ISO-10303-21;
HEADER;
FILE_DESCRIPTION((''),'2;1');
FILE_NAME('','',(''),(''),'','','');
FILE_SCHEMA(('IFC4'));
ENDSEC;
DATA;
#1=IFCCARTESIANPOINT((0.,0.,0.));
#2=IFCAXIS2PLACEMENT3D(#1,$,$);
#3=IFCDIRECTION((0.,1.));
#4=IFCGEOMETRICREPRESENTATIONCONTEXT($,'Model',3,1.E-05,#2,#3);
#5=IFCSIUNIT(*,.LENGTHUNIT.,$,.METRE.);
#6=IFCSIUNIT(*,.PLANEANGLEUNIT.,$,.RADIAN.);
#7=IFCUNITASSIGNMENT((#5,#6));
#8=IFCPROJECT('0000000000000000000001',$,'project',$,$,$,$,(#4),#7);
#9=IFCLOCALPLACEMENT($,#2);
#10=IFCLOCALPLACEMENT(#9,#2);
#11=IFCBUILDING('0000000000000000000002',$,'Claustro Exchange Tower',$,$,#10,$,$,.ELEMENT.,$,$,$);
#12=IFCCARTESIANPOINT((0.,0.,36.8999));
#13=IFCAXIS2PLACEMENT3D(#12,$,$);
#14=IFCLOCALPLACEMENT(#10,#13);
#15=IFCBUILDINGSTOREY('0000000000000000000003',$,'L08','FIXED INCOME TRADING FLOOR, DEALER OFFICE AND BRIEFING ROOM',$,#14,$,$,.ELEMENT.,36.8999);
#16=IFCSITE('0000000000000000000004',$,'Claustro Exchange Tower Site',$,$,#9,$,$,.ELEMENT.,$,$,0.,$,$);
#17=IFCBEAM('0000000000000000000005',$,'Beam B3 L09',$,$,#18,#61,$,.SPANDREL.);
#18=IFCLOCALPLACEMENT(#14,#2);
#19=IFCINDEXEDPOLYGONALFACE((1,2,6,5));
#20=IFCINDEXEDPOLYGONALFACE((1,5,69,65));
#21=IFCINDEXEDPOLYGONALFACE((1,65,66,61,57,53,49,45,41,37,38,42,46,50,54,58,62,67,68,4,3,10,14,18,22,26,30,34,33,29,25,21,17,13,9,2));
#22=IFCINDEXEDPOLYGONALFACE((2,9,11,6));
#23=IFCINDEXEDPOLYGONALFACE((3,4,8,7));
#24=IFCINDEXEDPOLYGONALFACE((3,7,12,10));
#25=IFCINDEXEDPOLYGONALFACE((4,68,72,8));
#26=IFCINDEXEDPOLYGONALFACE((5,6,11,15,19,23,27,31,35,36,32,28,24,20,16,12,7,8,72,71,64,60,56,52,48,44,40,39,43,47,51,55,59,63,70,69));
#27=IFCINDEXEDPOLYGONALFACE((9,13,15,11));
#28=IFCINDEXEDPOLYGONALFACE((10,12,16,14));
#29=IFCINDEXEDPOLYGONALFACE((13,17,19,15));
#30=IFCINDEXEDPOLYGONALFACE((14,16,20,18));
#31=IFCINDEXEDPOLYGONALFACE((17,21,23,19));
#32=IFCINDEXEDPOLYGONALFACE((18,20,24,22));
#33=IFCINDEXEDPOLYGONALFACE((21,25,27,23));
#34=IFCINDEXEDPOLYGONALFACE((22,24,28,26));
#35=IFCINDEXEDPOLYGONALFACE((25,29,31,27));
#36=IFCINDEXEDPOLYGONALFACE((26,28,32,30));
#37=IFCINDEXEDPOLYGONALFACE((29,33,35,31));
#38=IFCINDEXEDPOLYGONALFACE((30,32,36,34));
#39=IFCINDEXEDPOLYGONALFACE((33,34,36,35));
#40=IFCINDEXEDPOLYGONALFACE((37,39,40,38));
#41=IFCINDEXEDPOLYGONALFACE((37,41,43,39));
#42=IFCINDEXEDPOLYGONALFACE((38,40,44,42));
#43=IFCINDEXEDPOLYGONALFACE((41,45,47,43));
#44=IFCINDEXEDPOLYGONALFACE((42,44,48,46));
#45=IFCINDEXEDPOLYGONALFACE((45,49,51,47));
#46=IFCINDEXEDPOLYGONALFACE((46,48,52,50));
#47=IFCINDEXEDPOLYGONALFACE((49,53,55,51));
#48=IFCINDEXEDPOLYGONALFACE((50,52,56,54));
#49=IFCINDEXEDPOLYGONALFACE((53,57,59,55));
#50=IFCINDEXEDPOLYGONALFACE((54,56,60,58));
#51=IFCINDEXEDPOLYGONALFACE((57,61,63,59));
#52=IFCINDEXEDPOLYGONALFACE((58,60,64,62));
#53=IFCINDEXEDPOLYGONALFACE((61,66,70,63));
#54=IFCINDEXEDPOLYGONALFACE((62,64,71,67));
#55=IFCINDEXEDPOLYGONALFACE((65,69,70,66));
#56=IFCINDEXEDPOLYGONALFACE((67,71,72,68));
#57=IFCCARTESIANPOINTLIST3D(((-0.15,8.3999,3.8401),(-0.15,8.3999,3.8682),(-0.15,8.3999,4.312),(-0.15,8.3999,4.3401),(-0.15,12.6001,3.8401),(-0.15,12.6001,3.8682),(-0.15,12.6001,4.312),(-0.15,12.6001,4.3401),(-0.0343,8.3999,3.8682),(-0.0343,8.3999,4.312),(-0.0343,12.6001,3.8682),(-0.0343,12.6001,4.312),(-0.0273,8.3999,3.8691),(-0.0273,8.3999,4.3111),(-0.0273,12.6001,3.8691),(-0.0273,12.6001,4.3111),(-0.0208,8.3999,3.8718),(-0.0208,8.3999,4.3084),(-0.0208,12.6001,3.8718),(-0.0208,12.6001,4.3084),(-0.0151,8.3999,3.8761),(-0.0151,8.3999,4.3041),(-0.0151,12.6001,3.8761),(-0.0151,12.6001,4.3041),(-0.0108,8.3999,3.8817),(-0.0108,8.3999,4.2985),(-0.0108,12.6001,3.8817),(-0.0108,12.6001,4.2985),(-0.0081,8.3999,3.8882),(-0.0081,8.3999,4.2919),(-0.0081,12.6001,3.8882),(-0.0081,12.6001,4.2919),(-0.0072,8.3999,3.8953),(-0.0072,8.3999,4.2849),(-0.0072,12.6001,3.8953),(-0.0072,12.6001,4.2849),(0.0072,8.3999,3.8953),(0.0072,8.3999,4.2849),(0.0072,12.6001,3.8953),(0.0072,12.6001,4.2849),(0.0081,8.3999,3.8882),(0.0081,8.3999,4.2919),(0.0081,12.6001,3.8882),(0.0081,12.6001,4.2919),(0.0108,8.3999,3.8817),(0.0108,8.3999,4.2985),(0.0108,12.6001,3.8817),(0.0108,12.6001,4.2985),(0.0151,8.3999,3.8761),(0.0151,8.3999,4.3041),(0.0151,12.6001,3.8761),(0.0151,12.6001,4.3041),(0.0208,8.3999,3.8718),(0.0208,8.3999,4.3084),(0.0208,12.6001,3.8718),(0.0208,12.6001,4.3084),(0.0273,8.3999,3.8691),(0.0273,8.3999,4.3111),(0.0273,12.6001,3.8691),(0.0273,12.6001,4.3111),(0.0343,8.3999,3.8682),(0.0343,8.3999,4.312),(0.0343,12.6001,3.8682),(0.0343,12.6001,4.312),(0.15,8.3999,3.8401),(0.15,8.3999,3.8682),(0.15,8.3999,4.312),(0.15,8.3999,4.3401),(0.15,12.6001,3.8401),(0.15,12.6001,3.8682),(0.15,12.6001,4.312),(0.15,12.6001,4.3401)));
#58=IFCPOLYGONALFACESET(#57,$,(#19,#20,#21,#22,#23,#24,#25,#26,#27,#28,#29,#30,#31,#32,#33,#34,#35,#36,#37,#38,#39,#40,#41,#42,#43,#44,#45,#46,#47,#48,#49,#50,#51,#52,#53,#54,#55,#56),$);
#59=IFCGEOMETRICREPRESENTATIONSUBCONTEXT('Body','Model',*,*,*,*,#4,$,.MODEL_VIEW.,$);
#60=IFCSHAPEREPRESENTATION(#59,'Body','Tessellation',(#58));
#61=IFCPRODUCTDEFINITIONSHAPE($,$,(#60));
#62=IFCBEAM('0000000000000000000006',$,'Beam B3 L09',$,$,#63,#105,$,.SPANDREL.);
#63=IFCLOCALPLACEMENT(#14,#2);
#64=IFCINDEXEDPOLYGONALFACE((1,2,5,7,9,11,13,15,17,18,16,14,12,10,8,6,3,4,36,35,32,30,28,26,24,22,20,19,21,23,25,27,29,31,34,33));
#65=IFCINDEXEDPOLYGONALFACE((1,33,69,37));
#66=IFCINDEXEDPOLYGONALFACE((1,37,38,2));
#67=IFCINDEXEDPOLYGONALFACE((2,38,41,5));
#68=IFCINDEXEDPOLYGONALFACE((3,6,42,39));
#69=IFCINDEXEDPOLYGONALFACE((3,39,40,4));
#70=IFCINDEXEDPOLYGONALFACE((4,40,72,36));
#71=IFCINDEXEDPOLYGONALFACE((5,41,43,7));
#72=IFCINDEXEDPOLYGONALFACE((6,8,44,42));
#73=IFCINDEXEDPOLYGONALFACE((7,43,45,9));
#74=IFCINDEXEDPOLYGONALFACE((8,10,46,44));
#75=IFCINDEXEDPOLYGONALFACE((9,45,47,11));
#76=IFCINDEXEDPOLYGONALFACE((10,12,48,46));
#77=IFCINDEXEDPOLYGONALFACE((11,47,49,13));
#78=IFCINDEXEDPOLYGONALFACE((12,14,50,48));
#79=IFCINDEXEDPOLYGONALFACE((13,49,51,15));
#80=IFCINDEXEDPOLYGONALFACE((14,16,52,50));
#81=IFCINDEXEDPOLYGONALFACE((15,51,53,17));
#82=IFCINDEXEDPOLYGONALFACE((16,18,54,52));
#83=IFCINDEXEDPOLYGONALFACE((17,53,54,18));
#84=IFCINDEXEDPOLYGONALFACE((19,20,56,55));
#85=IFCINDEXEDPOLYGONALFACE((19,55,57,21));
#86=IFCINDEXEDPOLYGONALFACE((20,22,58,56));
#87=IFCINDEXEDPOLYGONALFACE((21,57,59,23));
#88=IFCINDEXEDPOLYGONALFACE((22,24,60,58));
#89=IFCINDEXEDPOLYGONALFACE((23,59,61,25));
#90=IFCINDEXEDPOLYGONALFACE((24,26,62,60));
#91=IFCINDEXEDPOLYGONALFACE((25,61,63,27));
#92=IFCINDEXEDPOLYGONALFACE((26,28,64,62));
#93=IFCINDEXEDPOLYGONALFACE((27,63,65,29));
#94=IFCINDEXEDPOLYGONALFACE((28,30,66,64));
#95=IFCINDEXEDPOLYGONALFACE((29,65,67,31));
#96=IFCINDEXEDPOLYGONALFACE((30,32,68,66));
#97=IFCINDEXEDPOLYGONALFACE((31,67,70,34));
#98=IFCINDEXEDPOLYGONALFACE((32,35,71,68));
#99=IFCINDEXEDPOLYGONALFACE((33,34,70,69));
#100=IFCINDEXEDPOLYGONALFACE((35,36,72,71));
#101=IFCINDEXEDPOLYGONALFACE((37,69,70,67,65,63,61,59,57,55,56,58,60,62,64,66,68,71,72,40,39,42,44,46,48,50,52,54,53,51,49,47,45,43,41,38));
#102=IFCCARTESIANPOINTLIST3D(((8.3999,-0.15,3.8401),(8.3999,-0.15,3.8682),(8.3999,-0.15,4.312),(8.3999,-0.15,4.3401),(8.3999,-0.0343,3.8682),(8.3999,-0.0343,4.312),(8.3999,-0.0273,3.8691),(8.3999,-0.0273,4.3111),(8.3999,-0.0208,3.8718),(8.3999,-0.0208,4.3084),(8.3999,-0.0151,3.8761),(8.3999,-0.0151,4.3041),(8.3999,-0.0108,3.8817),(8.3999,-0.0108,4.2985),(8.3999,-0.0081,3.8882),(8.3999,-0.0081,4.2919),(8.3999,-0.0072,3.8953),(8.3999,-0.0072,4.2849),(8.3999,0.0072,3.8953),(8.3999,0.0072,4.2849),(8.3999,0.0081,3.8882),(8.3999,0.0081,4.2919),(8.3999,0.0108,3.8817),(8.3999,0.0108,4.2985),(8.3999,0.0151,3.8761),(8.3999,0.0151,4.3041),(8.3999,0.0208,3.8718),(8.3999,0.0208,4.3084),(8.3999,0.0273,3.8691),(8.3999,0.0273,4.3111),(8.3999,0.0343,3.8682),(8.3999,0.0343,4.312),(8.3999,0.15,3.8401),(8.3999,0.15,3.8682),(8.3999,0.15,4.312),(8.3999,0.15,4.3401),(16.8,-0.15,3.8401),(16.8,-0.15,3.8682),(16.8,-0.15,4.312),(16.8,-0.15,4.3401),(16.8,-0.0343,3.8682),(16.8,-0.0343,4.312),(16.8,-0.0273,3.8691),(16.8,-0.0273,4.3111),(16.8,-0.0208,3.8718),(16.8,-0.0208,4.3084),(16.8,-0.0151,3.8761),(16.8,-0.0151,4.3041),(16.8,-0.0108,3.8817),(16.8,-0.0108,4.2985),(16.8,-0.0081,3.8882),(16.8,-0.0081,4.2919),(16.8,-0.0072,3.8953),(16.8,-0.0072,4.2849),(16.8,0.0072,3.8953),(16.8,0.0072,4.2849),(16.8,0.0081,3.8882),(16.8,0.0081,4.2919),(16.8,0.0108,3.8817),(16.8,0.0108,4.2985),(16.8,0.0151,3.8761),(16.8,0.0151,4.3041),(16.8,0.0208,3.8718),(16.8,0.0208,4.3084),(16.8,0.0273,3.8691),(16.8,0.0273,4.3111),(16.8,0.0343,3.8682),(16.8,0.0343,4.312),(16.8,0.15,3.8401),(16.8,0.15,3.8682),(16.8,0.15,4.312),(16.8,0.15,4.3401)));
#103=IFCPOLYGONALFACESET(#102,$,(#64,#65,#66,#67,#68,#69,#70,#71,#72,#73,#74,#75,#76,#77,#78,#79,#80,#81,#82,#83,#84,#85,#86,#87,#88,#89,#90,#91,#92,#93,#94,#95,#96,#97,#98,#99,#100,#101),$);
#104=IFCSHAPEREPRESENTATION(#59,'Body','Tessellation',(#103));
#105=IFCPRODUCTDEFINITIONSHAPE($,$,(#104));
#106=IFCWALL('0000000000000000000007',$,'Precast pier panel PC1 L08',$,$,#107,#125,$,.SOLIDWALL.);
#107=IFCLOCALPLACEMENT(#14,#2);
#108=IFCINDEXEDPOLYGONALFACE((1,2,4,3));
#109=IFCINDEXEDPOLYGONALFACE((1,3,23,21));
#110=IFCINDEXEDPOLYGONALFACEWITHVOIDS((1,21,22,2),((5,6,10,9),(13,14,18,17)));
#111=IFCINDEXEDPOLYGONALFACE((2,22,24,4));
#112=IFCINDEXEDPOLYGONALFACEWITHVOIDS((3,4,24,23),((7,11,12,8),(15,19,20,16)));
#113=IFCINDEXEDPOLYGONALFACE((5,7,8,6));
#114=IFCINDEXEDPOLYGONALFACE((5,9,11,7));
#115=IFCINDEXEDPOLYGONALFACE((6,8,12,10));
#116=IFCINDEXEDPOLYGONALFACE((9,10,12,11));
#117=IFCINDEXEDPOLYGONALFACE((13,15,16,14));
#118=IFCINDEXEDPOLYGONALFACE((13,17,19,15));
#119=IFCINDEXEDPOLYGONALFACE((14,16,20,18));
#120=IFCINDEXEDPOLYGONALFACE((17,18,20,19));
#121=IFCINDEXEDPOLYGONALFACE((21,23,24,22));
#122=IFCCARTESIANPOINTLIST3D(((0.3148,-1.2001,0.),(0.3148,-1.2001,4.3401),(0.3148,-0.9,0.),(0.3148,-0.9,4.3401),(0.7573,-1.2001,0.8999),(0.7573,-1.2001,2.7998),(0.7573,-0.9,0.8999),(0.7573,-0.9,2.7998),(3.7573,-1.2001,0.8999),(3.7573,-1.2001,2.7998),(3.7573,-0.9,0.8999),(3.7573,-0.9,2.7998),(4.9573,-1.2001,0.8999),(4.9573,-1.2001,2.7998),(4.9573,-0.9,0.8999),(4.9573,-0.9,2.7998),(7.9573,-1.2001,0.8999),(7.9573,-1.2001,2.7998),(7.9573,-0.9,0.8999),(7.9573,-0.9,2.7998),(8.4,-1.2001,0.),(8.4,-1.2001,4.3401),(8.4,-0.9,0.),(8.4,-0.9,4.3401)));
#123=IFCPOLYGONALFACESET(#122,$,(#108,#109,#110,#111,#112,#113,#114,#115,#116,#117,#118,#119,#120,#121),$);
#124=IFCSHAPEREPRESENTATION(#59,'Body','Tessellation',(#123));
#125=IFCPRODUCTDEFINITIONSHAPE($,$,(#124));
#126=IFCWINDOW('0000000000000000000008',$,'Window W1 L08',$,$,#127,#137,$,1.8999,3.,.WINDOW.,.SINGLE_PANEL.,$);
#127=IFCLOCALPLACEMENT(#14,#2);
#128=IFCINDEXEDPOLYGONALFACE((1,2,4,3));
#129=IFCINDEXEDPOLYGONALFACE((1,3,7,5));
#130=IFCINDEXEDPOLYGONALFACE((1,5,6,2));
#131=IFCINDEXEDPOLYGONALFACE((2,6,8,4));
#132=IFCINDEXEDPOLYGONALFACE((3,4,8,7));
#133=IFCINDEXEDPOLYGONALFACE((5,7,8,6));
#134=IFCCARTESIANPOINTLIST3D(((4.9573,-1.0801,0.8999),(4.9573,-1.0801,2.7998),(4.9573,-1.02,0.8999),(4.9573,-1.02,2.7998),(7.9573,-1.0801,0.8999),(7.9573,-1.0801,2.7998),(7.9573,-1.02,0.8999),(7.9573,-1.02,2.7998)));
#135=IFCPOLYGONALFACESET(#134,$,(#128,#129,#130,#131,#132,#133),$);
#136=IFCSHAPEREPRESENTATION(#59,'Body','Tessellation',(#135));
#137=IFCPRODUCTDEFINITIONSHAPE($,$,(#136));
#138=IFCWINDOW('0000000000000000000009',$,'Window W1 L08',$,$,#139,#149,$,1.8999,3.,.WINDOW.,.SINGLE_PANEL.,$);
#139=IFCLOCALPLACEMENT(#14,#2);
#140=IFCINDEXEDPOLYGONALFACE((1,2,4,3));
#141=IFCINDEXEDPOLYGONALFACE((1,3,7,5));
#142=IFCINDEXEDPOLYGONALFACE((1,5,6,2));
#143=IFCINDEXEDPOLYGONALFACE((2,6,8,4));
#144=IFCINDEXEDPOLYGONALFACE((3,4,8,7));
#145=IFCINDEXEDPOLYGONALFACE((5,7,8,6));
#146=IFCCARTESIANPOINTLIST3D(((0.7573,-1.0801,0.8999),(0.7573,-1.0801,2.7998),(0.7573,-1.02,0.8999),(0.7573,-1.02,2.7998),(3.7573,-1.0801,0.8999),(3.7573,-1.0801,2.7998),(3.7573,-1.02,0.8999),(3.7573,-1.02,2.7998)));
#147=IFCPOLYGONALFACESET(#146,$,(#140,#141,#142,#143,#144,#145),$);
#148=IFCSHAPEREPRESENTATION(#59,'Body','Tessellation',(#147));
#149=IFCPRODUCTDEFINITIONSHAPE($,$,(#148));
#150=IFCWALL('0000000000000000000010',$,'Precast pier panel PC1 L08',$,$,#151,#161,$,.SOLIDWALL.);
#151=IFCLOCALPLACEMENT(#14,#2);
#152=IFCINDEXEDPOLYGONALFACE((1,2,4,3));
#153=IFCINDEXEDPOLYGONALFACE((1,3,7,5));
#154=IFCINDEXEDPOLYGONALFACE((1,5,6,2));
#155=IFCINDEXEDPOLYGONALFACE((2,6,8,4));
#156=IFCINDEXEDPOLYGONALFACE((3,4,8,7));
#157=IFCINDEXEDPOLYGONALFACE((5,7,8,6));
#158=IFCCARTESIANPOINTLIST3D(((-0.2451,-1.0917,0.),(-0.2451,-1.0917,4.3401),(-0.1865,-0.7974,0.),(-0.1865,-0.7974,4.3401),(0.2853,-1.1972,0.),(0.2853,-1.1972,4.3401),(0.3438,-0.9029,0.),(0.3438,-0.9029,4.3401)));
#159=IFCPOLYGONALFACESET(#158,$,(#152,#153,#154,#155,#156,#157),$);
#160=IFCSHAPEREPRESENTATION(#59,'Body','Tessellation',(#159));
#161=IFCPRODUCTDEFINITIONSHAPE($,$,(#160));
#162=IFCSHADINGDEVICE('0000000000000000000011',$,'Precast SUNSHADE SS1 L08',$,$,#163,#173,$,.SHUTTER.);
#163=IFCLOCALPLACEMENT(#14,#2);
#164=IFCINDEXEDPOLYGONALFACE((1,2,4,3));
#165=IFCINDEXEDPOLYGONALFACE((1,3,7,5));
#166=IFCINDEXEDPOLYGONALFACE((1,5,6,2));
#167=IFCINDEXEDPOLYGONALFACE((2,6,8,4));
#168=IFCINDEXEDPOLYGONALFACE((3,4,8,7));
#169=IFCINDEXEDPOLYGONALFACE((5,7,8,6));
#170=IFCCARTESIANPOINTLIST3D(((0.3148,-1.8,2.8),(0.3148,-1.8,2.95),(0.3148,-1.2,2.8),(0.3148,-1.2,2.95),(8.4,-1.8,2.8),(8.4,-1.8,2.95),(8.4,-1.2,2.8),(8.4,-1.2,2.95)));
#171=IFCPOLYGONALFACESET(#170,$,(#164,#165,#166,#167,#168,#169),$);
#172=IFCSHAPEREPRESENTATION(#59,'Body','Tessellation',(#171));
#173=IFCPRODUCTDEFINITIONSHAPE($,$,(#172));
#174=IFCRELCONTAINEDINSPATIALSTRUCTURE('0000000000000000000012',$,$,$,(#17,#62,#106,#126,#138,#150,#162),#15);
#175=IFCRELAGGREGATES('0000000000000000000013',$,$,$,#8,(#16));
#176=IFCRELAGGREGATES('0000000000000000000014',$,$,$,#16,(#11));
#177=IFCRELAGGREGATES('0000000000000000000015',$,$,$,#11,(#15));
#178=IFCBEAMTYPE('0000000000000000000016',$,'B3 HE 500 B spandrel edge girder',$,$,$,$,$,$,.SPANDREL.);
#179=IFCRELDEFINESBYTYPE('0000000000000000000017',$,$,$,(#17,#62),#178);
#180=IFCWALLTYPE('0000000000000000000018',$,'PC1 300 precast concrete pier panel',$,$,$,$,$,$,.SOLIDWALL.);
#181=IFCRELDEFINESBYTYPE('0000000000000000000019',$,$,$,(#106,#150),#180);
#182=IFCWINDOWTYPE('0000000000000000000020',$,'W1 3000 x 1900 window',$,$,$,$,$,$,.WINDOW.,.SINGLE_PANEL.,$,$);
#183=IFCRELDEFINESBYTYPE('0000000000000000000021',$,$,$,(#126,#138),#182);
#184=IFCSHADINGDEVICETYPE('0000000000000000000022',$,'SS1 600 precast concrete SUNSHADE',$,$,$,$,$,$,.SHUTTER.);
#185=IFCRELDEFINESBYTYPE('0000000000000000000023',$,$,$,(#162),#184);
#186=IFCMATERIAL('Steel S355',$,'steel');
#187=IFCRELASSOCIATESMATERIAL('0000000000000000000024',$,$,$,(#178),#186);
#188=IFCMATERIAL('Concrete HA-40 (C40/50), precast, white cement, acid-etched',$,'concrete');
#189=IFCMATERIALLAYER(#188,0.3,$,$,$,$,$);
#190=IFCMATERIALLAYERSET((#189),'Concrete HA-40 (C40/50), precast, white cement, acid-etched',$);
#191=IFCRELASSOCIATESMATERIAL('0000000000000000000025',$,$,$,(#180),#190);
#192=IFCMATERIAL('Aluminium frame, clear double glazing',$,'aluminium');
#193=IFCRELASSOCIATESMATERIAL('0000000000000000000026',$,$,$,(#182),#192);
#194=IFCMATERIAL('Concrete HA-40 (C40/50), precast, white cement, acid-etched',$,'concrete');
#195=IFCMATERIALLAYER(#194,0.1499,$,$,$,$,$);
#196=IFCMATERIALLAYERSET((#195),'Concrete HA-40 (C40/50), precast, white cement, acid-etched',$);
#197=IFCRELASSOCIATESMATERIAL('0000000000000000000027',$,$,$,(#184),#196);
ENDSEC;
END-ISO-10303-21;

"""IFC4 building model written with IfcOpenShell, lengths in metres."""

from ifc_helpers import new_model, si_unit, direction, frame, frame_2d, origin, origin_2d, place, context, subcontext, project, spatial, rectangle, i_section, extrude, material, layer, layer_set, material_profile, profile_set, type_object, element, fill, save


model = new_model("IFC4")

# Units and contexts
model_context = context("Model", 3, precision=1e-05, world=origin(), true_north=direction((0.0, 1.0)))
body_context = subcontext(model_context, "Body", "Model", "MODEL_VIEW")
ifc_project = project(units=[si_unit("LENGTHUNIT", "METRE"), si_unit("PLANEANGLEUNIT", "RADIAN")], contexts=[model_context])

# Site, building, storey
site_placement = place(None, origin())
site = spatial("IfcSite", under=ifc_project, at=site_placement, Name="Claustro Exchange Tower Site", CompositionType="ELEMENT", RefElevation=0.0)
building_placement = place(site_placement, origin())
building = spatial("IfcBuilding", under=site, at=building_placement, Name="Claustro Exchange Tower", CompositionType="ELEMENT")
storey_placement = place(building_placement, frame((0.0, 0.0, 36.8999)))
storey = spatial("IfcBuildingStorey", under=building, at=storey_placement, Name="L08", Description="FIXED INCOME TRADING FLOOR, DEALER OFFICE AND BRIEFING ROOM", CompositionType="ELEMENT", Elevation=36.8999)

# Beams
ifc_material_1 = material(Name="Steel S355", Category="steel")
ifc_material_profile_1 = material_profile(ifc_material_1, i_section(OverallWidth=0.3, OverallDepth=0.5, WebThickness=0.0144, FlangeThickness=0.0281, FilletRadius=0.0271, at=origin_2d()), Name="HE 500 B")
ifc_profile_set_1 = profile_set([ifc_material_profile_1], Name="Steel S355")
beam_type_1 = type_object("IfcBeamType", Name="B3 HE 500 B spandrel edge girder", PredefinedType="SPANDREL", material=ifc_profile_set_1)
beam_1_placement = place(storey_placement, frame((0.0, 8.3999, 4.0901), z_axis=(0.0, 1.0, 0.0), x_axis=(-1.0, 0.0, 0.0)))
element("IfcBeam", 1, at=beam_1_placement, inside=storey, type_object=beam_type_1, Name="Beam B3 L09", PredefinedType="SPANDREL", context=body_context, shape_type="SweptSolid", body=[
    extrude(i_section(OverallWidth=0.3, OverallDepth=0.5, WebThickness=0.0144, FlangeThickness=0.0281, FilletRadius=0.0271, at=origin_2d()), origin(), (0.0, 0.0, 1.0), 4.2002),
])
beam_2_placement = place(storey_placement, frame((8.3999, 0.0, 4.0901), z_axis=(1.0, 0.0, 0.0), x_axis=(0.0, 1.0, 0.0)))
element("IfcBeam", 2, at=beam_2_placement, inside=storey, type_object=beam_type_1, Name="Beam B3 L09", PredefinedType="SPANDREL", context=body_context, shape_type="SweptSolid", body=[
    extrude(i_section(OverallWidth=0.3, OverallDepth=0.5, WebThickness=0.0144, FlangeThickness=0.0281, FilletRadius=0.0271, at=origin_2d()), origin(), (0.0, 0.0, 1.0), 8.4001),
])

# Wall, openings, windows
ifc_material_2 = material(Name="Concrete HA-40 (C40/50), precast, white cement, acid-etched", Category="concrete")
ifc_layer_1 = layer(ifc_material_2, 0.3)
ifc_layer_set_1 = layer_set([ifc_layer_1], Name="Concrete HA-40 (C40/50), precast, white cement, acid-etched")
wall_type = type_object("IfcWallType", Name="PC1 300 precast concrete pier panel", PredefinedType="SOLIDWALL", material=ifc_layer_set_1)
wall_1_placement = place(storey_placement, frame((8.3999, -1.05, 0.0), z_axis=(0.0, 0.0, 1.0), x_axis=(-1.0, 0.0, 0.0)))
wall_1 = element("IfcWall", 3, at=wall_1_placement, inside=storey, type_object=wall_type, Name="Precast pier panel PC1 L08", PredefinedType="SOLIDWALL", context=body_context, shape_type="SweptSolid", body=[
    extrude(rectangle(XDim=8.0852, YDim=0.3, at=frame_2d((4.0425, 0.0))), origin(), (0.0, 0.0, 1.0), 4.3401),
])
opening_1_placement = place(wall_1_placement, frame((0.4426, 0.0, 0.8999)))
opening_1 = element("IfcOpeningElement", 4, at=opening_1_placement, cuts=wall_1, PredefinedType="OPENING", context=body_context, shape_type="SweptSolid", body=[
    extrude(rectangle(XDim=3.0, YDim=1.8999, at=frame_2d((1.5, 0.95))), frame((0.0, 0.1599, 0.0), z_axis=(0.0, -1.0, 0.0), x_axis=(1.0, 0.0, 0.0)), (0.0, 0.0, 1.0), 0.3201),
])
opening_2_placement = place(wall_1_placement, frame((4.6426, 0.0, 0.8999)))
opening_2 = element("IfcOpeningElement", 5, at=opening_2_placement, cuts=wall_1, PredefinedType="OPENING", context=body_context, shape_type="SweptSolid", body=[
    extrude(rectangle(XDim=3.0, YDim=1.8999, at=frame_2d((1.5, 0.95))), frame((0.0, 0.1599, 0.0), z_axis=(0.0, -1.0, 0.0), x_axis=(1.0, 0.0, 0.0)), (0.0, 0.0, 1.0), 0.3201),
])
ifc_material_3 = material(Name="Aluminium frame, clear double glazing", Category="aluminium")
window_type = type_object("IfcWindowType", Name="W1 3000 x 1900 window", PartitioningType="SINGLE_PANEL", PredefinedType="WINDOW", material=ifc_material_3)
window_1_placement = place(opening_1_placement, origin())
window_1 = element("IfcWindow", 6, at=window_1_placement, inside=storey, type_object=window_type, Name="Window W1 L08", OverallHeight=1.8999, OverallWidth=3.0, PartitioningType="SINGLE_PANEL", PredefinedType="WINDOW", context=body_context, shape_type="SweptSolid", body=[
    extrude(rectangle(XDim=3.0, YDim=1.8999, at=frame_2d((1.5, 0.95))), frame((0.0, 0.03, 0.0), z_axis=(0.0, -1.0, 0.0), x_axis=(1.0, 0.0, 0.0)), (0.0, 0.0, 1.0), 0.0601),
])
fill(opening_1, window_1)
window_2_placement = place(opening_2_placement, origin())
window_2 = element("IfcWindow", 7, at=window_2_placement, inside=storey, type_object=window_type, Name="Window W1 L08", OverallHeight=1.8999, OverallWidth=3.0, PartitioningType="SINGLE_PANEL", PredefinedType="WINDOW", context=body_context, shape_type="SweptSolid", body=[
    extrude(rectangle(XDim=3.0, YDim=1.8999, at=frame_2d((1.5, 0.95))), frame((0.0, 0.03, 0.0), z_axis=(0.0, -1.0, 0.0), x_axis=(1.0, 0.0, 0.0)), (0.0, 0.0, 1.0), 0.0601),
])
fill(opening_2, window_2)

# Wall
wall_2_placement = place(storey_placement, frame((0.3147, -1.05, 0.0), z_axis=(0.0, 0.0, 1.0), x_axis=(-0.980789, 0.195074, 0.0)))
element("IfcWall", 8, at=wall_2_placement, inside=storey, type_object=wall_type, Name="Precast pier panel PC1 L08", PredefinedType="SOLIDWALL", context=body_context, shape_type="SweptSolid", body=[
    extrude(rectangle(XDim=0.5408, YDim=0.3, at=frame_2d((0.2705, 0.0))), origin(), (0.0, 0.0, 1.0), 4.3401),
])

# Shading device
ifc_material_4 = material(Name="Concrete HA-40 (C40/50), precast, white cement, acid-etched", Category="concrete")
ifc_layer_2 = layer(ifc_material_4, 0.1499)
ifc_layer_set_2 = layer_set([ifc_layer_2], Name="Concrete HA-40 (C40/50), precast, white cement, acid-etched")
shading_device_type = type_object("IfcShadingDeviceType", Name="SS1 600 precast concrete SUNSHADE", PredefinedType="SHUTTER", material=ifc_layer_set_2)
shading_device_placement = place(storey_placement, frame((4.3574, -1.5, 2.8), z_axis=(0.0, 0.0, 1.0), x_axis=(-1.0, 0.0, 0.0)))
element("IfcShadingDevice", 9, at=shading_device_placement, inside=storey, type_object=shading_device_type, Name="Precast SUNSHADE SS1 L08", PredefinedType="SHUTTER", context=body_context, shape_type="SweptSolid", body=[
    extrude(rectangle(XDim=8.0852, YDim=0.6001, at=origin_2d()), origin(), (0.0, 0.0, 1.0), 0.1499),
])

save(model, "model.ifc")
